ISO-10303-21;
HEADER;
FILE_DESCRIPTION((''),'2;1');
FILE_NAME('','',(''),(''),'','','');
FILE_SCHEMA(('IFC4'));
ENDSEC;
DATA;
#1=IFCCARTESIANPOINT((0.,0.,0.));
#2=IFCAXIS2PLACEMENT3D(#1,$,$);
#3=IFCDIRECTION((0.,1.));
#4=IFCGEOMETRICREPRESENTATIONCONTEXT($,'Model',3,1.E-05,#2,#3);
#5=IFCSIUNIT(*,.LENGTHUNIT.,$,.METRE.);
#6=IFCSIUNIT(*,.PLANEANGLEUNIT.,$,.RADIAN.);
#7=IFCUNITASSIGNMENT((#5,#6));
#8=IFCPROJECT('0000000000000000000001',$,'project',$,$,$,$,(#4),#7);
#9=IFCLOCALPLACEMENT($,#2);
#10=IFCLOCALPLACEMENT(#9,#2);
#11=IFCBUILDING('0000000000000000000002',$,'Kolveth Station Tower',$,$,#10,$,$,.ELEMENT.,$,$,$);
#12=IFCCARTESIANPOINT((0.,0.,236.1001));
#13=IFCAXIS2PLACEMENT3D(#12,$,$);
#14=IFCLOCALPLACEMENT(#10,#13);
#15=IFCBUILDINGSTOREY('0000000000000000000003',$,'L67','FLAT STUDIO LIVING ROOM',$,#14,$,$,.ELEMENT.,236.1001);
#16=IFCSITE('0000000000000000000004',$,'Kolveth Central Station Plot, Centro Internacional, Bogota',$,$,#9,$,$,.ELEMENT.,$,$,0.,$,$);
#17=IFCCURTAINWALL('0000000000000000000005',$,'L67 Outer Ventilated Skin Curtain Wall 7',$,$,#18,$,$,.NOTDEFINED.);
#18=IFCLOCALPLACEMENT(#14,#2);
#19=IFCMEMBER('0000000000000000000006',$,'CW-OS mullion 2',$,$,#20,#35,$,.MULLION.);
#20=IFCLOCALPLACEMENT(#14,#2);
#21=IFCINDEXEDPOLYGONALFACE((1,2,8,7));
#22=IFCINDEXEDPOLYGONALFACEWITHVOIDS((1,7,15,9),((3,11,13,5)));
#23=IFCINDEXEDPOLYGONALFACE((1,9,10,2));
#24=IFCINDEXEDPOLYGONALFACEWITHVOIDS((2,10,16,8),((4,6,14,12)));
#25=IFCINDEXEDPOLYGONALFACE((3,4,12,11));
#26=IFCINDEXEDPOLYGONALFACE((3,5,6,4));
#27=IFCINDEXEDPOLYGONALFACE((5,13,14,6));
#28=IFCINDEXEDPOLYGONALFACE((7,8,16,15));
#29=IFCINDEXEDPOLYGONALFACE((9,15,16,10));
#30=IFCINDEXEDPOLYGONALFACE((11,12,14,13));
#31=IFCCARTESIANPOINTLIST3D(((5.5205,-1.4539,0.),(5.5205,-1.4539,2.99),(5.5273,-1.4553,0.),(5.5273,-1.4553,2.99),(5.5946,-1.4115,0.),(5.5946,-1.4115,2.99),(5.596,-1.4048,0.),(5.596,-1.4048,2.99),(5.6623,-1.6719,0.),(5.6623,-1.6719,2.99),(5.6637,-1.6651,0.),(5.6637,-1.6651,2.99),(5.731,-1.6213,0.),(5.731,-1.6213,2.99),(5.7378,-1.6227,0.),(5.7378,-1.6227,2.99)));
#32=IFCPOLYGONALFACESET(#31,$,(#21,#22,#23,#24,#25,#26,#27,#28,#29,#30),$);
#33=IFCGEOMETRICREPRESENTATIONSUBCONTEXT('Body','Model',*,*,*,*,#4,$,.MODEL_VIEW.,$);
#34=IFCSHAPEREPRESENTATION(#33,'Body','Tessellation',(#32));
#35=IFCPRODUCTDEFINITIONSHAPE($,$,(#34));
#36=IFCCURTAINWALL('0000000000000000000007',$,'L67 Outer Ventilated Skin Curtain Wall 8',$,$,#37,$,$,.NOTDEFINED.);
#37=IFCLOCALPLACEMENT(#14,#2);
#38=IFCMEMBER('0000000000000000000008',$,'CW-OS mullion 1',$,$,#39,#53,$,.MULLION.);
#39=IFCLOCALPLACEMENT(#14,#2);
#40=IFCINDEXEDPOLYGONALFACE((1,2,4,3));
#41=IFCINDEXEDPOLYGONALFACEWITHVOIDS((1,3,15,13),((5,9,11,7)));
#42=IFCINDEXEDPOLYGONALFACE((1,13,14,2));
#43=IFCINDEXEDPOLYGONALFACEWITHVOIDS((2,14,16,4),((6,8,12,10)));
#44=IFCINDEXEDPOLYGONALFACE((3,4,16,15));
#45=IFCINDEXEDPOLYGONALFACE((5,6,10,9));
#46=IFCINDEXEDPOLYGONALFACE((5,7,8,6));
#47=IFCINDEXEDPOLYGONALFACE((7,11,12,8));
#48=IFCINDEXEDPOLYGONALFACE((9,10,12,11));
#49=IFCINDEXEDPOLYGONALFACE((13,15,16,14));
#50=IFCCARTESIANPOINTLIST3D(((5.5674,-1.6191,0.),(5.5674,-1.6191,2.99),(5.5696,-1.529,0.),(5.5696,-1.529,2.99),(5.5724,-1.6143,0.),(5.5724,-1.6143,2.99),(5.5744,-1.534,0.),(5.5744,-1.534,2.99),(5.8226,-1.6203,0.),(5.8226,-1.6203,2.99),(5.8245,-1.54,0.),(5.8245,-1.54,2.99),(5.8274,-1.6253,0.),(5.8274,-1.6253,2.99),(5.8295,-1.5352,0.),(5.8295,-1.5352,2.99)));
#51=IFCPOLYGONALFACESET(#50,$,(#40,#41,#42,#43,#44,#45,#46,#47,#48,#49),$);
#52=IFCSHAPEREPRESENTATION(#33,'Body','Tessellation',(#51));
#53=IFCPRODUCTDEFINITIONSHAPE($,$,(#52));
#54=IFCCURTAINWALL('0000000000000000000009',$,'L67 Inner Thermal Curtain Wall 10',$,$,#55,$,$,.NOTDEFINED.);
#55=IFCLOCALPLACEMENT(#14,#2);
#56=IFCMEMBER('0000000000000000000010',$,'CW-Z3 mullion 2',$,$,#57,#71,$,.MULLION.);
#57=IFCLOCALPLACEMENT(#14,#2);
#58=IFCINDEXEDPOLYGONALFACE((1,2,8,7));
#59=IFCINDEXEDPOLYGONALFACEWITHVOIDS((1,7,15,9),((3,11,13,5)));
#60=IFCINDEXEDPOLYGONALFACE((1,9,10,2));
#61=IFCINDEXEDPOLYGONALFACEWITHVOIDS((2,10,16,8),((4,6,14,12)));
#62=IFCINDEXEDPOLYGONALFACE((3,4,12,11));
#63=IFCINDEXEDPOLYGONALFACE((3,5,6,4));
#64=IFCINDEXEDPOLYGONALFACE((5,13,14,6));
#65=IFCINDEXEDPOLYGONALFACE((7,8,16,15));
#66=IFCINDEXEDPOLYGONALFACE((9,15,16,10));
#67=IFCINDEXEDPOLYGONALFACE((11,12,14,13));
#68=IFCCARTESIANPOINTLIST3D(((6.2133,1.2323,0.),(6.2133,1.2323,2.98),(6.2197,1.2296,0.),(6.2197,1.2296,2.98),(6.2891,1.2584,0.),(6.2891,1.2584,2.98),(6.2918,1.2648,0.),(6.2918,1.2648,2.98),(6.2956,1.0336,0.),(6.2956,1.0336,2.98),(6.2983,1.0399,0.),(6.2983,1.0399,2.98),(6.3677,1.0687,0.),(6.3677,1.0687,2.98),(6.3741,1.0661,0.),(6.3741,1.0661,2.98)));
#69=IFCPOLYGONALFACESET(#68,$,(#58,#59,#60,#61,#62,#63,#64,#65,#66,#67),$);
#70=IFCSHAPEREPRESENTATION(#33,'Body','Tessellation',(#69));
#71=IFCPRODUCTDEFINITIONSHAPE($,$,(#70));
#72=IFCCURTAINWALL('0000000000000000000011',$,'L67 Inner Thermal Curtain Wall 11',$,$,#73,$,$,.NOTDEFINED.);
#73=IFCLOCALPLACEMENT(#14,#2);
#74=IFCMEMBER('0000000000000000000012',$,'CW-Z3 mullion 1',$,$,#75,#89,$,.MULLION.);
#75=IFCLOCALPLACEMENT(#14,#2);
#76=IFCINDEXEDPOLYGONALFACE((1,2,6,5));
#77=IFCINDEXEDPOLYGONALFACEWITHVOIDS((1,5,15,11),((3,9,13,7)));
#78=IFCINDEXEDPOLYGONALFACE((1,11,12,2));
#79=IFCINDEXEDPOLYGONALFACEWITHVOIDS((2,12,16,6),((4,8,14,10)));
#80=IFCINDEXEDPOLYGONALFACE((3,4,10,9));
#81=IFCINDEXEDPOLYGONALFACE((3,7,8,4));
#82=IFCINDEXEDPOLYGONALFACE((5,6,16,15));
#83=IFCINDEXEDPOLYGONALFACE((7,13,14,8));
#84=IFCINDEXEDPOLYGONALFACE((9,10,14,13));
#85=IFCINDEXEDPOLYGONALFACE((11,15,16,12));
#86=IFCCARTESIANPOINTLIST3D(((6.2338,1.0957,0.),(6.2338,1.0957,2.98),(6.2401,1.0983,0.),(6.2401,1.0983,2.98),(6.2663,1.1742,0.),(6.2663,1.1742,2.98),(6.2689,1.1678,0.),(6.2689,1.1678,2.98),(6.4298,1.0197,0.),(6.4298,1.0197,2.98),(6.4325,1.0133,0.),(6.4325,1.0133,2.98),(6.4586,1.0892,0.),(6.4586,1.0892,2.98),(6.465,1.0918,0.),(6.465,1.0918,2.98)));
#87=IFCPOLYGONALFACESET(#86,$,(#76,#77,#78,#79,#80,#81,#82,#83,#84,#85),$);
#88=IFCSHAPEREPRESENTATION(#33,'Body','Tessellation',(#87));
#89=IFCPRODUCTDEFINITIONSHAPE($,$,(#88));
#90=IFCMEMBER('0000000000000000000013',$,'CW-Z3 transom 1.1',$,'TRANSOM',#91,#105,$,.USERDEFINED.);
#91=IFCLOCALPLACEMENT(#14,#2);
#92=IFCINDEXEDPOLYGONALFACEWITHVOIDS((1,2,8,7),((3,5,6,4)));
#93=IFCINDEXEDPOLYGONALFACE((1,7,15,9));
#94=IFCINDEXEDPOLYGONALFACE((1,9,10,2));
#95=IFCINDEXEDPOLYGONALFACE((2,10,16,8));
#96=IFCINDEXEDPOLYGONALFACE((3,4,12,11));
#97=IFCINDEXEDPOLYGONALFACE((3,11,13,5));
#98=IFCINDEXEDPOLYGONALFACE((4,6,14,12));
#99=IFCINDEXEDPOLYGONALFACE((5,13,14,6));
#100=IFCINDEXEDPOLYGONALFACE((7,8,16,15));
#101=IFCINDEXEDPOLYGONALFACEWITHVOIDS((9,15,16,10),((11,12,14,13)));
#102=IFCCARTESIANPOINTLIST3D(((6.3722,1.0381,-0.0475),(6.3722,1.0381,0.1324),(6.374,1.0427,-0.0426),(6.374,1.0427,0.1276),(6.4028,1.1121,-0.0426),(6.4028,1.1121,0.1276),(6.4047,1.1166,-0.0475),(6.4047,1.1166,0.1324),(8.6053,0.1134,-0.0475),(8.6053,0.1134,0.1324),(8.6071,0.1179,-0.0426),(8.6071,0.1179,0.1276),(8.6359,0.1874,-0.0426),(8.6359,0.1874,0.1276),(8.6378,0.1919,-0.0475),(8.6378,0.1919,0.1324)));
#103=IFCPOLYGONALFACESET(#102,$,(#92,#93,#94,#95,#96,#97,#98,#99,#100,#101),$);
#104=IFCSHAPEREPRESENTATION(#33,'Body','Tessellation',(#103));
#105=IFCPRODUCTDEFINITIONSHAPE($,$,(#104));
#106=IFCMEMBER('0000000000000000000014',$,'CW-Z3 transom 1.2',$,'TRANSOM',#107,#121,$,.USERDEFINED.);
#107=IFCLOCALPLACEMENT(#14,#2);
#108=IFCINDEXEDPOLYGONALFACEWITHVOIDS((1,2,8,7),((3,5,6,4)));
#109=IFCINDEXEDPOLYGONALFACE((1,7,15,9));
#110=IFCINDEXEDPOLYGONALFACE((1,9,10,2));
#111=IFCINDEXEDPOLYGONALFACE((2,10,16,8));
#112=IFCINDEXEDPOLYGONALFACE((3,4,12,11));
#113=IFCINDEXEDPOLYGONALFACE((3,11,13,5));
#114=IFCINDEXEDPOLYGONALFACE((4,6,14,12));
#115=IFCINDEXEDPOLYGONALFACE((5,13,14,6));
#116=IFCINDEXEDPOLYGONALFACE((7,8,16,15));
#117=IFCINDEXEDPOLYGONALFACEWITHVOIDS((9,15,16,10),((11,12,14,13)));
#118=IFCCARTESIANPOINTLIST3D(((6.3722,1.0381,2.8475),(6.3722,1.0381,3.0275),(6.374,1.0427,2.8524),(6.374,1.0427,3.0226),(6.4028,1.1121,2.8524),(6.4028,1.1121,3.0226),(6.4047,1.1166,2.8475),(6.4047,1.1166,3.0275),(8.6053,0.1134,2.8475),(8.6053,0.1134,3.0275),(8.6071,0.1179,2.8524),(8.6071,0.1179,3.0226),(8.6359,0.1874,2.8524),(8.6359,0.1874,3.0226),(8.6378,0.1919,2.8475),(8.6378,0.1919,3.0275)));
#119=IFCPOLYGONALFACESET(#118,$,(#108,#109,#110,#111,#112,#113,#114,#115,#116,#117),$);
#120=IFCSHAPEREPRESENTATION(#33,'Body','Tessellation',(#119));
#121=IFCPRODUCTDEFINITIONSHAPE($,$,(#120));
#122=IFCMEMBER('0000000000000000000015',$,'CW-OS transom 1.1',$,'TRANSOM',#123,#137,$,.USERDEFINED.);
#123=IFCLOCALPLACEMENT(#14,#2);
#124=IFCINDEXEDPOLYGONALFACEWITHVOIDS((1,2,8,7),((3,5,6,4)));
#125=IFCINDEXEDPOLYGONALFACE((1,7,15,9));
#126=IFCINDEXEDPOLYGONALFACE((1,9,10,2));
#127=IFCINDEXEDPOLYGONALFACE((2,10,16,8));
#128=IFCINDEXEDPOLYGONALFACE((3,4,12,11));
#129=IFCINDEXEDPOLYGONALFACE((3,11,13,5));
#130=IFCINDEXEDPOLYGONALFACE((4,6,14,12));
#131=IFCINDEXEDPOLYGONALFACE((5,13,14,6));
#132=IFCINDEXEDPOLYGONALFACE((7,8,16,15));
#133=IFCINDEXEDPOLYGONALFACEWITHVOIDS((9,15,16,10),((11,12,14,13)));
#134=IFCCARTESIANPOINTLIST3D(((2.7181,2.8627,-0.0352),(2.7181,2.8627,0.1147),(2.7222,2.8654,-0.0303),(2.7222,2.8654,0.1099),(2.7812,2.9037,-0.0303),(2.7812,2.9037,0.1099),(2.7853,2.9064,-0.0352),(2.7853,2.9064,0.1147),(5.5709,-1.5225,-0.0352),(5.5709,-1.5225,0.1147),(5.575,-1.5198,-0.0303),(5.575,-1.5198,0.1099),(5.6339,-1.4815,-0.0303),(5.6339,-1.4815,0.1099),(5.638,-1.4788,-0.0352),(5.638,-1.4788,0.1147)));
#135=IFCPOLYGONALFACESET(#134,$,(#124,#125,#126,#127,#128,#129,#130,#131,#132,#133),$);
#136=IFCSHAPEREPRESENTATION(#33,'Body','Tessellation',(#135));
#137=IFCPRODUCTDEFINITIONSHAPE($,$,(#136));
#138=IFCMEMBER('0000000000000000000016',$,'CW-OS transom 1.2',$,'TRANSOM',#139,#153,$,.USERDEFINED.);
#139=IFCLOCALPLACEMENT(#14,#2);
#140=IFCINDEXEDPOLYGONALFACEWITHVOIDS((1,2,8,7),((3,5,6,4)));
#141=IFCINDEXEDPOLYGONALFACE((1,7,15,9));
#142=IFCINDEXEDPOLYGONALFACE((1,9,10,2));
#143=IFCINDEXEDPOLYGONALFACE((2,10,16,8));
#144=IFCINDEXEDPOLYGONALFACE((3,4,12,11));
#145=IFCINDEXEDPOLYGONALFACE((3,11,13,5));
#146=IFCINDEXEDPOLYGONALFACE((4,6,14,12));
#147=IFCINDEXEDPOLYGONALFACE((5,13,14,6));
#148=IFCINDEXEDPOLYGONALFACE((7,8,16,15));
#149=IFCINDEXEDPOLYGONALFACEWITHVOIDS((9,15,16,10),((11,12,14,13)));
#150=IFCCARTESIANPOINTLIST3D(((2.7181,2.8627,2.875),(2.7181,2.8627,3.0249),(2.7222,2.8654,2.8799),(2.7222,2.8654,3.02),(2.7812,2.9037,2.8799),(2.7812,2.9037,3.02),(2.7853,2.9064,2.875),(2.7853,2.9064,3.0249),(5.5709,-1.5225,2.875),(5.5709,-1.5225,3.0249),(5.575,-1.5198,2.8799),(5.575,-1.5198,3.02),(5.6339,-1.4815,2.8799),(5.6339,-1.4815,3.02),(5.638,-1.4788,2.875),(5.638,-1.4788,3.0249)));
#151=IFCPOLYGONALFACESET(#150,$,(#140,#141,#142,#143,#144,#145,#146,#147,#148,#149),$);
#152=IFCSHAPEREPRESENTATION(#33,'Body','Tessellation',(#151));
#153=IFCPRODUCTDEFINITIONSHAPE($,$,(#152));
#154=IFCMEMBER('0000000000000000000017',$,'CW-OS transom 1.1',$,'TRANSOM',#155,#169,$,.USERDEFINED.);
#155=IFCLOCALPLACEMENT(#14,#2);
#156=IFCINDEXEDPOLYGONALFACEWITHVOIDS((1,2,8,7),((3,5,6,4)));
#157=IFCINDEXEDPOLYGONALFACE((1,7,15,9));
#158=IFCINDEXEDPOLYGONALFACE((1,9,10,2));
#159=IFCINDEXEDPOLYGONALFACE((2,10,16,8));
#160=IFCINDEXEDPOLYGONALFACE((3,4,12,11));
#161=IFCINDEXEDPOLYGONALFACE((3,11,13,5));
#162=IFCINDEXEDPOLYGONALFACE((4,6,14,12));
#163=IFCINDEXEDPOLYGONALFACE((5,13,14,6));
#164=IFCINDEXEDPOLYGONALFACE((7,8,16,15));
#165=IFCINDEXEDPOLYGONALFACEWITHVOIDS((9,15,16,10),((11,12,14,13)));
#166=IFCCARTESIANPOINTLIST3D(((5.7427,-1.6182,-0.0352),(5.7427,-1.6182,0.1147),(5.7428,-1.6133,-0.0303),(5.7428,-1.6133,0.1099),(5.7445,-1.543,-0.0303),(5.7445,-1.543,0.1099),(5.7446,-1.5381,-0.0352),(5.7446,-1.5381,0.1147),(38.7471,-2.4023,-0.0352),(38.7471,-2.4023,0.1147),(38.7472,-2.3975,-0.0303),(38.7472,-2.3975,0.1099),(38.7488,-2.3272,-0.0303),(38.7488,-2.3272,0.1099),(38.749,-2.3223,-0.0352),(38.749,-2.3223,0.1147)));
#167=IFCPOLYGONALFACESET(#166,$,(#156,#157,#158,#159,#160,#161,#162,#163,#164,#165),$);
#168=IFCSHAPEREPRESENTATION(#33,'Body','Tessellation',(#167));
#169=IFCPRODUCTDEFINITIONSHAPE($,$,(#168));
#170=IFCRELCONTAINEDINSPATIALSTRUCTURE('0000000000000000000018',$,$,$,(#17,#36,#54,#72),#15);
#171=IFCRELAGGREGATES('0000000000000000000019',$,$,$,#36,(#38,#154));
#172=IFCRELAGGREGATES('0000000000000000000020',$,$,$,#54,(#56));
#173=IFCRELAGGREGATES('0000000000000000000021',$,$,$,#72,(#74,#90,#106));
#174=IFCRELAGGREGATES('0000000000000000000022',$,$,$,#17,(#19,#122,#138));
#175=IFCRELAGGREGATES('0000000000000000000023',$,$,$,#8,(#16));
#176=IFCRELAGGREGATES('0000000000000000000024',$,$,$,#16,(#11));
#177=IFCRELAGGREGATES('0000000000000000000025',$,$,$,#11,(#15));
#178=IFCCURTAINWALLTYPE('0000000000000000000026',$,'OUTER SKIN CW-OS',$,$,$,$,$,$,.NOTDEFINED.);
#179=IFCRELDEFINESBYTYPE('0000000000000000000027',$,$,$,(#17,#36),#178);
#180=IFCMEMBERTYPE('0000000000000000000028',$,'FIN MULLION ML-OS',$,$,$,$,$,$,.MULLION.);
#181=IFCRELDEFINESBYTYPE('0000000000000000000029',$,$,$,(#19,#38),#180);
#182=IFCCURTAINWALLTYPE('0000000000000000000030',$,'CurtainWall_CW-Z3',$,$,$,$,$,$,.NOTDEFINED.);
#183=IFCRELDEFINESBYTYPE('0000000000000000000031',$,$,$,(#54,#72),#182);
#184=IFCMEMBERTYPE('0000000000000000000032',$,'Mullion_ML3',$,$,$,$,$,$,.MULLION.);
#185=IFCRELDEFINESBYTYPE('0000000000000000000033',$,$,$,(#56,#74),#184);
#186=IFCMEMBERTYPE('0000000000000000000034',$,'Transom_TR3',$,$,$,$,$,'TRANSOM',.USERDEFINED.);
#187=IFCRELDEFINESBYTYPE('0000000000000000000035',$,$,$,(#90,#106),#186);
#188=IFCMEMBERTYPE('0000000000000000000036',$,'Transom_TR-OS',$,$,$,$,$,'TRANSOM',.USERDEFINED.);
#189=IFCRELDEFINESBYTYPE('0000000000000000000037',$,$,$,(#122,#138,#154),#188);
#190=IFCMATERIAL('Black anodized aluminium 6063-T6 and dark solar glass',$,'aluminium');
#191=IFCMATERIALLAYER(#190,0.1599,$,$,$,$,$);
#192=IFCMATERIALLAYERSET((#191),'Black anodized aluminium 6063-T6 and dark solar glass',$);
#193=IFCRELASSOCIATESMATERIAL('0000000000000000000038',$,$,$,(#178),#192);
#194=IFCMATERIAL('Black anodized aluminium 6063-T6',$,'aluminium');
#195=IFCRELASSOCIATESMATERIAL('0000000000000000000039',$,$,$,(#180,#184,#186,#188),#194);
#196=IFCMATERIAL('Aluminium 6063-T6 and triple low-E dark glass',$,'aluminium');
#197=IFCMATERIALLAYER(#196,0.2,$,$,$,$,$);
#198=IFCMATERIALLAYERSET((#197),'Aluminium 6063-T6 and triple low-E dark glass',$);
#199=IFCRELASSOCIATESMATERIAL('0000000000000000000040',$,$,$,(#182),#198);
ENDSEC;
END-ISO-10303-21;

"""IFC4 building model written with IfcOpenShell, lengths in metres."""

from ifc_helpers import new_model, si_unit, direction, frame, origin, origin_2d, place, context, subcontext, project, spatial, hollow_rectangle, extrude, source, transform, mapped, material, layer, layer_set, material_profile, profile_set, type_object, element, aggregate, save


model = new_model("IFC4")

# Units and contexts
model_context = context("Model", 3, precision=1e-05, world=origin(), true_north=direction((0.0, 1.0)))
body_context = subcontext(model_context, "Body", "Model", "MODEL_VIEW")
ifc_project = project(units=[si_unit("LENGTHUNIT", "METRE"), si_unit("PLANEANGLEUNIT", "RADIAN")], contexts=[model_context])

# Site, building, storey
site_placement = place(None, origin())
site = spatial("IfcSite", under=ifc_project, at=site_placement, Name="Kolveth Central Station Plot, Centro Internacional, Bogota", CompositionType="ELEMENT", RefElevation=0.0)
building_placement = place(site_placement, origin())
building = spatial("IfcBuilding", under=site, at=building_placement, Name="Kolveth Station Tower", CompositionType="ELEMENT")
storey_placement = place(building_placement, frame((0.0, 0.0, 236.1001)))
storey = spatial("IfcBuildingStorey", under=building, at=storey_placement, Name="L67", Description="FLAT STUDIO LIVING ROOM", CompositionType="ELEMENT", Elevation=236.1001)

# Curtain walls, members
ifc_material_1 = material(Name="Black anodized aluminium 6063-T6 and dark solar glass", Category="aluminium")
ifc_layer_1 = layer(ifc_material_1, 0.1599)
ifc_layer_set_1 = layer_set([ifc_layer_1], Name="Black anodized aluminium 6063-T6 and dark solar glass")
curtain_wall_type_1 = type_object("IfcCurtainWallType", Name="OUTER SKIN CW-OS", PredefinedType="NOTDEFINED", material=ifc_layer_set_1)
curtain_wall_1_placement = place(storey_placement, origin())
curtain_wall_1 = element("IfcCurtainWall", 1, at=curtain_wall_1_placement, inside=storey, type_object=curtain_wall_type_1, Name="L67 Outer Ventilated Skin Curtain Wall 7", PredefinedType="NOTDEFINED")
ifc_material_2 = material(Name="Black anodized aluminium 6063-T6", Category="aluminium")
ifc_material_profile_1 = material_profile(ifc_material_2, hollow_rectangle(XDim=0.0901, YDim=0.26, WallThickness=0.0049, at=origin_2d()), Name="ALU-90x260x5")
ifc_profile_set_1 = profile_set([ifc_material_profile_1], Name="Black anodized aluminium 6063-T6")
member_type_1 = type_object("IfcMemberType", Name="FIN MULLION ML-OS", PredefinedType="MULLION", material=ifc_profile_set_1)
shared_shape_1 = source(origin(), body_context, "Body", "SweptSolid", [
    extrude(hollow_rectangle(XDim=0.0901, YDim=0.26, WallThickness=0.0049, at=origin_2d()), origin(), (0.0, 0.0, 1.0), 2.99),
])
member_1_placement = place(storey_placement, frame((5.6292, -1.5383, 0.0), z_axis=(0.0, 0.0, 1.0), x_axis=(0.838229, 0.545318, 0.0)))
member_1 = element("IfcMember", 2, at=member_1_placement, type_object=member_type_1, Name="CW-OS mullion 2", PredefinedType="MULLION", context=body_context, shape_type="MappedRepresentation", body=[
    mapped(shared_shape_1, transform((0.0, 0.0, 0.0), x_axis=(1.0, 0.0, 0.0), y_axis=(0.0, 1.0, 0.0), z_axis=(0.0, 0.0, 1.0), scale=1.0)),
])
curtain_wall_2_placement = place(storey_placement, origin())
curtain_wall_2 = element("IfcCurtainWall", 3, at=curtain_wall_2_placement, inside=storey, type_object=curtain_wall_type_1, Name="L67 Outer Ventilated Skin Curtain Wall 8", PredefinedType="NOTDEFINED")
member_2_placement = place(storey_placement, frame((5.6985, -1.5771, 0.0), z_axis=(0.0, 0.0, 1.0), x_axis=(0.023749, 0.999718, 0.0)))
member_2 = element("IfcMember", 4, at=member_2_placement, type_object=member_type_1, Name="CW-OS mullion 1", PredefinedType="MULLION", context=body_context, shape_type="MappedRepresentation", body=[
    mapped(shared_shape_1, transform((0.0, 0.0, 0.0), x_axis=(1.0, 0.0, 0.0), y_axis=(0.0, 1.0, 0.0), z_axis=(0.0, 0.0, 1.0), scale=1.0)),
])
ifc_material_3 = material(Name="Aluminium 6063-T6 and triple low-E dark glass", Category="aluminium")
ifc_layer_2 = layer(ifc_material_3, 0.2)
ifc_layer_set_2 = layer_set([ifc_layer_2], Name="Aluminium 6063-T6 and triple low-E dark glass")
curtain_wall_type_2 = type_object("IfcCurtainWallType", Name="CurtainWall_CW-Z3", PredefinedType="NOTDEFINED", material=ifc_layer_set_2)
curtain_wall_3_placement = place(storey_placement, origin())
curtain_wall_3 = element("IfcCurtainWall", 5, at=curtain_wall_3_placement, inside=storey, type_object=curtain_wall_type_2, Name="L67 Inner Thermal Curtain Wall 10", PredefinedType="NOTDEFINED")
ifc_material_profile_2 = material_profile(ifc_material_2, hollow_rectangle(XDim=0.085, YDim=0.2151, WallThickness=0.0049, at=origin_2d()), Name="ALU-85x215x5")
ifc_profile_set_2 = profile_set([ifc_material_profile_2], Name="Black anodized aluminium 6063-T6")
member_type_2 = type_object("IfcMemberType", Name="Mullion_ML3", PredefinedType="MULLION", material=ifc_profile_set_2)
shared_shape_2 = source(origin(), body_context, "Body", "SweptSolid", [
    extrude(hollow_rectangle(XDim=0.085, YDim=0.2151, WallThickness=0.0049, at=origin_2d()), origin(), (0.0, 0.0, 1.0), 2.98),
])
member_3_placement = place(storey_placement, frame((6.2937, 1.1492, 0.0), z_axis=(0.0, 0.0, 1.0), x_axis=(0.923875, 0.382693, 0.0)))
member_3 = element("IfcMember", 6, at=member_3_placement, type_object=member_type_2, Name="CW-Z3 mullion 2", PredefinedType="MULLION", context=body_context, shape_type="MappedRepresentation", body=[
    mapped(shared_shape_2, transform((0.0, 0.0, 0.0), x_axis=(1.0, 0.0, 0.0), y_axis=(0.0, 1.0, 0.0), z_axis=(0.0, 0.0, 1.0), scale=1.0)),
])

# Curtain wall, members
curtain_wall_4_placement = place(storey_placement, origin())
curtain_wall_4 = element("IfcCurtainWall", 7, at=curtain_wall_4_placement, inside=storey, type_object=curtain_wall_type_2, Name="L67 Inner Thermal Curtain Wall 11", PredefinedType="NOTDEFINED")
member_4_placement = place(storey_placement, frame((6.3494, 1.0938, 0.0), z_axis=(0.0, 0.0, 1.0), x_axis=(0.382693, 0.923875, 0.0)))
member_4 = element("IfcMember", 8, at=member_4_placement, type_object=member_type_2, Name="CW-Z3 mullion 1", PredefinedType="MULLION", context=body_context, shape_type="MappedRepresentation", body=[
    mapped(shared_shape_2, transform((0.0, 0.0, 0.0), x_axis=(1.0, 0.0, 0.0), y_axis=(0.0, 1.0, 0.0), z_axis=(0.0, 0.0, 1.0), scale=1.0)),
])
ifc_material_profile_3 = material_profile(ifc_material_2, hollow_rectangle(XDim=0.085, YDim=0.1799, WallThickness=0.0049, at=origin_2d()), Name="ALU-85x180x5")
ifc_profile_set_3 = profile_set([ifc_material_profile_3], Name="Black anodized aluminium 6063-T6")
member_type_3 = type_object("IfcMemberType", Name="Transom_TR3", ElementType="TRANSOM", PredefinedType="USERDEFINED", material=ifc_profile_set_3)
shared_shape_3 = source(origin(), body_context, "Body", "SweptSolid", [
    extrude(hollow_rectangle(XDim=0.085, YDim=0.1799, WallThickness=0.0049, at=origin_2d()), origin(), (0.0, 0.0, 1.0), 2.417),
])
member_5_placement = place(storey_placement, frame((6.3884, 1.0774, 0.0425), z_axis=(0.923909, -0.382613, 0.0), x_axis=(0.382613, 0.923909, 0.0)))
member_5 = element("IfcMember", 9, at=member_5_placement, type_object=member_type_3, Name="CW-Z3 transom 1.1", ObjectType="TRANSOM", PredefinedType="USERDEFINED", context=body_context, shape_type="MappedRepresentation", body=[
    mapped(shared_shape_3, transform((0.0, 0.0, 0.0), x_axis=(1.0, 0.0, 0.0), y_axis=(0.0, 1.0, 0.0), z_axis=(0.0, 0.0, 1.0), scale=1.0)),
])
member_6_placement = place(storey_placement, frame((6.3884, 1.0774, 2.9375), z_axis=(0.923909, -0.382613, 0.0), x_axis=(0.382613, 0.923909, 0.0)))
member_6 = element("IfcMember", 10, at=member_6_placement, type_object=member_type_3, Name="CW-Z3 transom 1.2", ObjectType="TRANSOM", PredefinedType="USERDEFINED", context=body_context, shape_type="MappedRepresentation", body=[
    mapped(shared_shape_3, transform((0.0, 0.0, 0.0), x_axis=(1.0, 0.0, 0.0), y_axis=(0.0, 1.0, 0.0), z_axis=(0.0, 0.0, 1.0), scale=1.0)),
])

# Members
ifc_material_profile_4 = material_profile(ifc_material_2, hollow_rectangle(XDim=0.0801, YDim=0.1499, WallThickness=0.0049, at=origin_2d()), Name="ALU-80x150x5")
ifc_profile_set_4 = profile_set([ifc_material_profile_4], Name="Black anodized aluminium 6063-T6")
member_type_4 = type_object("IfcMemberType", Name="Transom_TR-OS", ElementType="TRANSOM", PredefinedType="USERDEFINED", material=ifc_profile_set_4)
shared_shape_4 = source(origin(), body_context, "Body", "SweptSolid", [
    extrude(hollow_rectangle(XDim=0.0801, YDim=0.1499, WallThickness=0.0049, at=origin_2d()), origin(), (0.0, 0.0, 1.0), 5.2314),
])
member_7_placement = place(storey_placement, frame((2.7517, 2.8845, 0.0398), z_axis=(0.545307, -0.838237, 0.0), x_axis=(0.838237, 0.545307, 0.0)))
member_7 = element("IfcMember", 11, at=member_7_placement, type_object=member_type_4, Name="CW-OS transom 1.1", ObjectType="TRANSOM", PredefinedType="USERDEFINED", context=body_context, shape_type="MappedRepresentation", body=[
    mapped(shared_shape_4, transform((0.0, 0.0, 0.0), x_axis=(1.0, 0.0, 0.0), y_axis=(0.0, 1.0, 0.0), z_axis=(0.0, 0.0, 1.0), scale=1.0)),
])
member_8_placement = place(storey_placement, frame((2.7517, 2.8845, 2.95), z_axis=(0.545307, -0.838237, 0.0), x_axis=(0.838237, 0.545307, 0.0)))
member_8 = element("IfcMember", 12, at=member_8_placement, type_object=member_type_4, Name="CW-OS transom 1.2", ObjectType="TRANSOM", PredefinedType="USERDEFINED", context=body_context, shape_type="MappedRepresentation", body=[
    mapped(shared_shape_4, transform((0.0, 0.0, 0.0), x_axis=(1.0, 0.0, 0.0), y_axis=(0.0, 1.0, 0.0), z_axis=(0.0, 0.0, 1.0), scale=1.0)),
])
shared_shape_5 = source(origin(), body_context, "Body", "SweptSolid", [
    extrude(hollow_rectangle(XDim=0.0801, YDim=0.1499, WallThickness=0.0049, at=origin_2d()), origin(), (0.0, 0.0, 1.0), 33.0137),
])
member_9_placement = place(storey_placement, frame((5.7437, -1.5781, 0.0398), z_axis=(0.999718, -0.023753, 0.0), x_axis=(0.023753, 0.999718, 0.0)))
member_9 = element("IfcMember", 13, at=member_9_placement, type_object=member_type_4, Name="CW-OS transom 1.1", ObjectType="TRANSOM", PredefinedType="USERDEFINED", context=body_context, shape_type="MappedRepresentation", body=[
    mapped(shared_shape_5, transform((0.0, 0.0, 0.0), x_axis=(1.0, 0.0, 0.0), y_axis=(0.0, 1.0, 0.0), z_axis=(0.0, 0.0, 1.0), scale=1.0)),
])
aggregate(curtain_wall_2, [member_2, member_9])

aggregate(curtain_wall_3, [member_3])
aggregate(curtain_wall_4, [member_4, member_5, member_6])
aggregate(curtain_wall_1, [member_1, member_7, member_8])

save(model, "model.ifc")
